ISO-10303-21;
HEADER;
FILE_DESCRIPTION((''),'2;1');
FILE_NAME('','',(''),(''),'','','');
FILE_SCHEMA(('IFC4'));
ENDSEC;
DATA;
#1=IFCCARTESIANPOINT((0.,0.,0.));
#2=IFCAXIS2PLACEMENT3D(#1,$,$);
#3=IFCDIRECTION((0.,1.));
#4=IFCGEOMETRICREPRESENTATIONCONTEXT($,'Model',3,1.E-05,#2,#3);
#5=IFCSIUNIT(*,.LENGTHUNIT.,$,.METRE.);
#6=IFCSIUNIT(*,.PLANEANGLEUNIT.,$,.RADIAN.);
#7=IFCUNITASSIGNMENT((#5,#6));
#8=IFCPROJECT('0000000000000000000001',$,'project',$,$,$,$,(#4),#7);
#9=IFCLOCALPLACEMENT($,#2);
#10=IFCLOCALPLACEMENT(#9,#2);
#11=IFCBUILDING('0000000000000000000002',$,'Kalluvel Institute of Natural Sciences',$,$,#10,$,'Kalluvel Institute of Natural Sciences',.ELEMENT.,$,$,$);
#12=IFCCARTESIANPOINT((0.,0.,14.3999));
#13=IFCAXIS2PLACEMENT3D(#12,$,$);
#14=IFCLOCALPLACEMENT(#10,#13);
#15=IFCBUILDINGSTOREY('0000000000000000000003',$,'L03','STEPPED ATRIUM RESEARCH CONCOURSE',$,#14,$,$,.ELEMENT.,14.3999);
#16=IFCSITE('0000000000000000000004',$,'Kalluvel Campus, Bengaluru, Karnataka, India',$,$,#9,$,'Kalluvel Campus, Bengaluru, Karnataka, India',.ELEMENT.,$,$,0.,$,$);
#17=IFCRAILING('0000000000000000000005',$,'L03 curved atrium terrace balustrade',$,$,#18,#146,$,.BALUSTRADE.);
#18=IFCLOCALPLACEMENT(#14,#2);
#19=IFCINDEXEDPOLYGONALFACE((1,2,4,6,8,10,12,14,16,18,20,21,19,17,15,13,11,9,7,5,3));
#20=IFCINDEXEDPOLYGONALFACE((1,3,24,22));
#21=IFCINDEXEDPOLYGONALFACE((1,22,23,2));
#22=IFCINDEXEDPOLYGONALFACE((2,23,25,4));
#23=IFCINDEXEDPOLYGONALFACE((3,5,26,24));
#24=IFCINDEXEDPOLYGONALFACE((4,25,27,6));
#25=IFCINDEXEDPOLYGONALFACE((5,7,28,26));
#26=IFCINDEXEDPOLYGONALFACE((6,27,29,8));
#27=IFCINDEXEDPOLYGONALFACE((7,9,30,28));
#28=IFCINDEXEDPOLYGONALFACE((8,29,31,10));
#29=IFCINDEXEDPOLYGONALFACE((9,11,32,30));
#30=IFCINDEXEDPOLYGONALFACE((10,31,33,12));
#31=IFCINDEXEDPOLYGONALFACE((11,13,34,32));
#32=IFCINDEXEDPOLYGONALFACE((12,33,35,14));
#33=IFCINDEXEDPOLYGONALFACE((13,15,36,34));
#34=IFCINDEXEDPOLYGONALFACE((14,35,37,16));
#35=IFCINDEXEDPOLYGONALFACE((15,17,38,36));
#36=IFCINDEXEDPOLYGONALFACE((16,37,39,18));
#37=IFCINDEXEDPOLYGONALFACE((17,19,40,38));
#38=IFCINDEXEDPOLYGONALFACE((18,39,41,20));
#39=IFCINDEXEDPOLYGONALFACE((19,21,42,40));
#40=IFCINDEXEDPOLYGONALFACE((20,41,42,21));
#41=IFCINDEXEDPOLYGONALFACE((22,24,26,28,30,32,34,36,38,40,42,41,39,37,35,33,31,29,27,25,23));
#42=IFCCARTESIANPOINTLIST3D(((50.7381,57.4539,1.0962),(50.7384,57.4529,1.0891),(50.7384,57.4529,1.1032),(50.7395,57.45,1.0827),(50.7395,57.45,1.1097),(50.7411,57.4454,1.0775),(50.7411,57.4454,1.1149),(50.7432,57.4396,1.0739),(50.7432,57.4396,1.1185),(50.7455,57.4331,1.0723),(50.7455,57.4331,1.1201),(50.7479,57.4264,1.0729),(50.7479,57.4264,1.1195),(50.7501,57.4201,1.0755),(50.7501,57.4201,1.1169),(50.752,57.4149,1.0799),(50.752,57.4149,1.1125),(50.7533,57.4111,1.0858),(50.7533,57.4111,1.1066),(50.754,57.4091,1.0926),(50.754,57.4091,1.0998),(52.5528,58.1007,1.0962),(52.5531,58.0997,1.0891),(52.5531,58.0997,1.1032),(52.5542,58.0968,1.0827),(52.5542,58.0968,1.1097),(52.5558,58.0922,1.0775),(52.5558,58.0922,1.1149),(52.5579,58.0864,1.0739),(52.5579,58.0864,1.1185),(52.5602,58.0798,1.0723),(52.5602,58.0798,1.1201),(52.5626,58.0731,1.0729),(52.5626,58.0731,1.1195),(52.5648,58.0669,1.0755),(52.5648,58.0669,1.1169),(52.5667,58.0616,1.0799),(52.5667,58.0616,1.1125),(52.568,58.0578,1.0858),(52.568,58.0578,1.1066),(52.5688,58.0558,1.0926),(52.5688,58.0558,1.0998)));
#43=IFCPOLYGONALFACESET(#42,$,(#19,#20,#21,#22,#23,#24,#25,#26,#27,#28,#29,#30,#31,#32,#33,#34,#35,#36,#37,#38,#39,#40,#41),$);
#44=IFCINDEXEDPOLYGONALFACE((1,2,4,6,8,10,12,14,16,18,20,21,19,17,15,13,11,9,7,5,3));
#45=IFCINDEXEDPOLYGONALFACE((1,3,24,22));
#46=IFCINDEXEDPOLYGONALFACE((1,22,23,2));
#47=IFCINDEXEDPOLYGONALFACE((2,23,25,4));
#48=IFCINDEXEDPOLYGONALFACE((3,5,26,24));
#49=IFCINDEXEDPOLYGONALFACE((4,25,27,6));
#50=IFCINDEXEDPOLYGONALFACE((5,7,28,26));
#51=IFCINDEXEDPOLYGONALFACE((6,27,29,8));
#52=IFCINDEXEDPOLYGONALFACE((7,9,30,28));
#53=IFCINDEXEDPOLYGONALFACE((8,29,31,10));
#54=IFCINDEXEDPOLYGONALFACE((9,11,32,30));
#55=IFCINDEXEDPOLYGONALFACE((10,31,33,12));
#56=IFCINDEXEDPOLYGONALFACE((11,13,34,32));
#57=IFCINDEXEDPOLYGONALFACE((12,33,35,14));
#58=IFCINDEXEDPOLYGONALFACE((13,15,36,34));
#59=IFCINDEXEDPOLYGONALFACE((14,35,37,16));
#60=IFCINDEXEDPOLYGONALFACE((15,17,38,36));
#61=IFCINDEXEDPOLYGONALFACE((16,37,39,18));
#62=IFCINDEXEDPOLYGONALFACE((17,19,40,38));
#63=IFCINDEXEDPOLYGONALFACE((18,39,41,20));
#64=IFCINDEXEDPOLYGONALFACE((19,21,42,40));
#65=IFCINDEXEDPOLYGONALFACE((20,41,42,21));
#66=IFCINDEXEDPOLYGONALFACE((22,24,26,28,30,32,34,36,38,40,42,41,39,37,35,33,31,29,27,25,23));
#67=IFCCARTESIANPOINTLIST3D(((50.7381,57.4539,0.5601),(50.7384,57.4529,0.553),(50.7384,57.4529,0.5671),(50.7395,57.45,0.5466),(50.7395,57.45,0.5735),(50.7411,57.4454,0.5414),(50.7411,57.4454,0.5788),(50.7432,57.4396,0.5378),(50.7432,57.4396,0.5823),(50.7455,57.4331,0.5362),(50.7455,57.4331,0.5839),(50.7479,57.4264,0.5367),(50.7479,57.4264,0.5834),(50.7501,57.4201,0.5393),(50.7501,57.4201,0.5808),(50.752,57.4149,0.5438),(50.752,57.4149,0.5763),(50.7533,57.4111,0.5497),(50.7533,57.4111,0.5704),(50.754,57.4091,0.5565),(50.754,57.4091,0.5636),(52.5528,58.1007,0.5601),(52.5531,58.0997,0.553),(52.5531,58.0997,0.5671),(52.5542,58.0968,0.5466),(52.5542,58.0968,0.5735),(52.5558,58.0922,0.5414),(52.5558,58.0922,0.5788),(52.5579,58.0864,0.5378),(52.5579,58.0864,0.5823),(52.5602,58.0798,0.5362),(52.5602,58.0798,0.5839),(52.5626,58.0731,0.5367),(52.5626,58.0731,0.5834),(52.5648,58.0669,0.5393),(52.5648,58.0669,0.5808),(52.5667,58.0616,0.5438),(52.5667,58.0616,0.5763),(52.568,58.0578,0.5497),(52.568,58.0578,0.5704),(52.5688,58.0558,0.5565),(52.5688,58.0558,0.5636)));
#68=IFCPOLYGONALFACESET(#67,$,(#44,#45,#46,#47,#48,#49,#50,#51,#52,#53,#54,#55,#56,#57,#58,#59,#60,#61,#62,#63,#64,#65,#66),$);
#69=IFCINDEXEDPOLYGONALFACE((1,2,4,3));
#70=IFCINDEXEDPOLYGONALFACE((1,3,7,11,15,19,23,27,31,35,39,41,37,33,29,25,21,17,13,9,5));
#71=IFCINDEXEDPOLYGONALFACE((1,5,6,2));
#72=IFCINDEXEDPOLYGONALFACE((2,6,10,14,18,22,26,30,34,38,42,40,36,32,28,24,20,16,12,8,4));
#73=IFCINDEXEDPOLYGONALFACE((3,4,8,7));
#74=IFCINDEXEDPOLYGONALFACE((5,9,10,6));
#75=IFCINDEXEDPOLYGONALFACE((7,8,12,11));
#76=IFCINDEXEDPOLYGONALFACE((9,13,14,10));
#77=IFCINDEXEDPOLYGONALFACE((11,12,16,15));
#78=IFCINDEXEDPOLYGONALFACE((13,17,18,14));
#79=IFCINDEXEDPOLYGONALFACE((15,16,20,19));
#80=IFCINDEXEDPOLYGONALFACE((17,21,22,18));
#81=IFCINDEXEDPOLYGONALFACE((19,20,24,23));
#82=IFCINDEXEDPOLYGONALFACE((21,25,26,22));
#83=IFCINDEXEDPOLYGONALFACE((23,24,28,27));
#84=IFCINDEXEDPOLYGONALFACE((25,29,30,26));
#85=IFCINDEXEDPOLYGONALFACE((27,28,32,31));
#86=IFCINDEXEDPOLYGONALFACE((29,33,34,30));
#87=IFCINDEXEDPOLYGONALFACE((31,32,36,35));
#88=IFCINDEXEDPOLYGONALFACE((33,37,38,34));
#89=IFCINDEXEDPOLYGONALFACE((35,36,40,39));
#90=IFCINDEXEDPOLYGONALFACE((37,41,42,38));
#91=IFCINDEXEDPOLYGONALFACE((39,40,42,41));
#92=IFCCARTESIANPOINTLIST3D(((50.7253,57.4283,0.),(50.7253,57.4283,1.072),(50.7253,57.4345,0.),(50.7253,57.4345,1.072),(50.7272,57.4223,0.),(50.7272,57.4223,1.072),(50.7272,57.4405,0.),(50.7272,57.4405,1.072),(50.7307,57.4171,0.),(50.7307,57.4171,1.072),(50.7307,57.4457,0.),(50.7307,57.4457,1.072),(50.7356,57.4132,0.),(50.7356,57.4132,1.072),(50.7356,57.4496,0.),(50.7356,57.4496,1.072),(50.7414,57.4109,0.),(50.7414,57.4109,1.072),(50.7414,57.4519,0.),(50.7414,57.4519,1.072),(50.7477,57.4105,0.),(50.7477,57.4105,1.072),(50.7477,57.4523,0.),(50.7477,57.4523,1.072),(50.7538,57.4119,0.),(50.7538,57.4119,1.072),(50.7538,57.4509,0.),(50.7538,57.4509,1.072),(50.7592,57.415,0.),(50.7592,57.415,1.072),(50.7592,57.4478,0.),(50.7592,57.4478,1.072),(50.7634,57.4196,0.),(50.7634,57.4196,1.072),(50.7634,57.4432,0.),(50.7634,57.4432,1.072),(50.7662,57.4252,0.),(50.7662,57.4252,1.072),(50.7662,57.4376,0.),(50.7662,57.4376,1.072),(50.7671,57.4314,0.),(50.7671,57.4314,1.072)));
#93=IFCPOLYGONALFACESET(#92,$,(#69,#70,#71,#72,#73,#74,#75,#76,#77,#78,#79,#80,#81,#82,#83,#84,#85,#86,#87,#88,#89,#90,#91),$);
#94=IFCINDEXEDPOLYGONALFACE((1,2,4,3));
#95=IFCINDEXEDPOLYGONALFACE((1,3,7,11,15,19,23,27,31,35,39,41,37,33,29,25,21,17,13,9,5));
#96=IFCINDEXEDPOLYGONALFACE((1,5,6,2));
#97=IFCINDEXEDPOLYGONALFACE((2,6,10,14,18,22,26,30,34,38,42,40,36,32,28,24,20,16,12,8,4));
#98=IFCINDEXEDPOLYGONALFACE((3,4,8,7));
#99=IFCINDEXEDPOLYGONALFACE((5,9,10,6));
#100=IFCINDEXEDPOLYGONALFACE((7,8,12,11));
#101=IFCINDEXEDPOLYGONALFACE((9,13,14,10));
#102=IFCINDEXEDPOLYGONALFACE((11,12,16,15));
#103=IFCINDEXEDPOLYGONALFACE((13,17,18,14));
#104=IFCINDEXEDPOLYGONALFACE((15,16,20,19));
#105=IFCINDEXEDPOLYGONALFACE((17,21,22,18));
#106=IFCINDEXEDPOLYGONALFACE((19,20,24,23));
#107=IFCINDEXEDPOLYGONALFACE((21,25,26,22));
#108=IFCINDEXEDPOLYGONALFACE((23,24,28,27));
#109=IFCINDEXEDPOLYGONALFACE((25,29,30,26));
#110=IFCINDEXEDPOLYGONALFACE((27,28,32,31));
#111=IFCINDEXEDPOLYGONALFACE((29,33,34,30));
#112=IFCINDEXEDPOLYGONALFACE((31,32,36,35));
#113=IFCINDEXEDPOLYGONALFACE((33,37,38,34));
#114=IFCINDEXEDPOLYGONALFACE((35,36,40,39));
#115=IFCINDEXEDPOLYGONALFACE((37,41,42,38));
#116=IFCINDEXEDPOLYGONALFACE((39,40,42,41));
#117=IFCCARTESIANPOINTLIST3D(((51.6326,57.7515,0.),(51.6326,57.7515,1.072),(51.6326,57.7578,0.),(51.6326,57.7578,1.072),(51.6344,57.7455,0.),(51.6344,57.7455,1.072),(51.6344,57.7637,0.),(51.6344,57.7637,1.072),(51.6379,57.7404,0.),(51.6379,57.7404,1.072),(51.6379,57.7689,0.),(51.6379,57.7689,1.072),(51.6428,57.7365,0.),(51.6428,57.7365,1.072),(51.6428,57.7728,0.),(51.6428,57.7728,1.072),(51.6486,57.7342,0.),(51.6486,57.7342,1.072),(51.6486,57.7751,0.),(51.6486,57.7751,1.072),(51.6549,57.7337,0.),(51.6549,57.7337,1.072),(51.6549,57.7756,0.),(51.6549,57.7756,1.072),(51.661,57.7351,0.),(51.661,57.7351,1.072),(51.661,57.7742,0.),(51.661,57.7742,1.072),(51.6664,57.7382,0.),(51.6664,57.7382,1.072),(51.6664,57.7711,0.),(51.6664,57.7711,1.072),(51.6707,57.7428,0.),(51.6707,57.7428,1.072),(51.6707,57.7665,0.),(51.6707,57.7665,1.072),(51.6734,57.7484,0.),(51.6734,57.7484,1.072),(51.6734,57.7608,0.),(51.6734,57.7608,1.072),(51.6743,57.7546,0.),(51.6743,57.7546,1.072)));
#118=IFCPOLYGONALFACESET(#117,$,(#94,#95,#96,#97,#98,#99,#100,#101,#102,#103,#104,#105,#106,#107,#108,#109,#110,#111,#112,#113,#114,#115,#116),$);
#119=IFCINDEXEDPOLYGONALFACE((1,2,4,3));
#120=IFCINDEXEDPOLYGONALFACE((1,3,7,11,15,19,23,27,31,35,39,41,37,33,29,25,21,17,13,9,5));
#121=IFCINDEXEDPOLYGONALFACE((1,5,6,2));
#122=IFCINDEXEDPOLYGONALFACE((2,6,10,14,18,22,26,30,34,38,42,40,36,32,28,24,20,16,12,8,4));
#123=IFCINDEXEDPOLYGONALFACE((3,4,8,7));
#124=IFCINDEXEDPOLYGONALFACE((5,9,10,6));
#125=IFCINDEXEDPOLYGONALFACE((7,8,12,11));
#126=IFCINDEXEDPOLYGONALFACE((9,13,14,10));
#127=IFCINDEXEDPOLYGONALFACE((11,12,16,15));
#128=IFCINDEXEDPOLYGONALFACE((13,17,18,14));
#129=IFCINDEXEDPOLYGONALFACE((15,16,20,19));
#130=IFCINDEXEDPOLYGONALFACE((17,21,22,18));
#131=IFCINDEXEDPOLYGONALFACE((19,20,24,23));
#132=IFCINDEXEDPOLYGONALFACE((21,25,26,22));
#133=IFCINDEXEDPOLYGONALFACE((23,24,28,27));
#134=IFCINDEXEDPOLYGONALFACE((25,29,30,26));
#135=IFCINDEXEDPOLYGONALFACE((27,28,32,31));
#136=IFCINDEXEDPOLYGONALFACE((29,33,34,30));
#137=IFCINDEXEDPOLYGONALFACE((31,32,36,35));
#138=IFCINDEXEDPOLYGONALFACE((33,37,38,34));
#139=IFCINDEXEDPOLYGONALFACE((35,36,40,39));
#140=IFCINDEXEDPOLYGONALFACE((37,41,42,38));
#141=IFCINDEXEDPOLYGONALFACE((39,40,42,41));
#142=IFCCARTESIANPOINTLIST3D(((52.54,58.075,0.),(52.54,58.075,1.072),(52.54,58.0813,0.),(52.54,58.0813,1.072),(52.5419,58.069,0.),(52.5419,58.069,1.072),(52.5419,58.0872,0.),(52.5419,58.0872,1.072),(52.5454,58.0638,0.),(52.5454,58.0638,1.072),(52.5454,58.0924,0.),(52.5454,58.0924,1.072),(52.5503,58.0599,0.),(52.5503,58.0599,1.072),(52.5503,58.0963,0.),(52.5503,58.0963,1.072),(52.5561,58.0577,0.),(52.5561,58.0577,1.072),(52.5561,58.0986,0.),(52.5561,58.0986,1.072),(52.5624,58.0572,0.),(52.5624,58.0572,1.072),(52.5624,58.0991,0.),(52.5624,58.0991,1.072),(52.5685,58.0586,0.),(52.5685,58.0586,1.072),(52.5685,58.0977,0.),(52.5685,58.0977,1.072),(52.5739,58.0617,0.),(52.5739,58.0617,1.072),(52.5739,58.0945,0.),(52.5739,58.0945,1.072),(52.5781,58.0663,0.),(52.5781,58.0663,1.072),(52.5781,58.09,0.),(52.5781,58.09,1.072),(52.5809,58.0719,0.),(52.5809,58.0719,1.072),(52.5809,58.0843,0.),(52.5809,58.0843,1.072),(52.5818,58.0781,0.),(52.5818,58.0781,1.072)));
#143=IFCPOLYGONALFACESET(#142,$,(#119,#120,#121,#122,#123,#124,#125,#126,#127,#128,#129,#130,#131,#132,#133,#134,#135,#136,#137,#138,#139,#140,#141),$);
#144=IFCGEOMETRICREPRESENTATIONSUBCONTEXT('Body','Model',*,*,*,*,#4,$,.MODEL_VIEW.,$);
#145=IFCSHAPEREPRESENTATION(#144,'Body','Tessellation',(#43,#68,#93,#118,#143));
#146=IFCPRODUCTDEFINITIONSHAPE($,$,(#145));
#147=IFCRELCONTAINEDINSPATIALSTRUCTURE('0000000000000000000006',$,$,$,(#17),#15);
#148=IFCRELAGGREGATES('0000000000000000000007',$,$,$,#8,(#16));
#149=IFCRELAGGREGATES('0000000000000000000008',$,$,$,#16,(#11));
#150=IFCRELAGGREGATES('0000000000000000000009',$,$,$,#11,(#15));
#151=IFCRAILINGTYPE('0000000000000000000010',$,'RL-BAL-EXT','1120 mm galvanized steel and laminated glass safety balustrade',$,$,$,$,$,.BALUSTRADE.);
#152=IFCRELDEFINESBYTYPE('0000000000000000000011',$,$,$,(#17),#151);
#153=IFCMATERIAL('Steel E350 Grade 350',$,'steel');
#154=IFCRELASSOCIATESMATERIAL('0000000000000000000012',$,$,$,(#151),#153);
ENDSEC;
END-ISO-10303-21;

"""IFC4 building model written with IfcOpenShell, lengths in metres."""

from ifc_helpers import new_model, si_unit, direction, frame, origin, origin_2d, place, context, subcontext, project, spatial, circle, extrude, material, type_object, element, save


model = new_model("IFC4")

# Units and contexts
model_context = context("Model", 3, precision=1e-05, world=origin(), true_north=direction((0.0, 1.0)))
body_context = subcontext(model_context, "Body", "Model", "MODEL_VIEW")
ifc_project = project(units=[si_unit("LENGTHUNIT", "METRE"), si_unit("PLANEANGLEUNIT", "RADIAN")], contexts=[model_context])

# Site, building, storey
site_placement = place(None, origin())
site = spatial("IfcSite", under=ifc_project, at=site_placement, Name="Kalluvel Campus, Bengaluru, Karnataka, India", LongName="Kalluvel Campus, Bengaluru, Karnataka, India", CompositionType="ELEMENT", RefElevation=0.0)
building_placement = place(site_placement, origin())
building = spatial("IfcBuilding", under=site, at=building_placement, Name="Kalluvel Institute of Natural Sciences", LongName="Kalluvel Institute of Natural Sciences", CompositionType="ELEMENT")
storey_placement = place(building_placement, frame((0.0, 0.0, 14.3999)))
storey = spatial("IfcBuildingStorey", under=building, at=storey_placement, Name="L03", Description="STEPPED ATRIUM RESEARCH CONCOURSE", CompositionType="ELEMENT", Elevation=14.3999)

# Railing
ifc_material_1 = material(Name="Steel E350 Grade 350", Category="steel")
railing_type = type_object("IfcRailingType", Name="RL-BAL-EXT", Description="1120 mm galvanized steel and laminated glass safety balustrade", PredefinedType="BALUSTRADE", material=ifc_material_1)
railing_1_placement = place(storey_placement, frame((50.7461, 57.4314, 0.0)))
element("IfcRailing", 1, at=railing_1_placement, inside=storey, type_object=railing_type, Name="L03 curved atrium terrace balustrade", PredefinedType="BALUSTRADE", context=body_context, shape_type="SweptSolid", body=[
    extrude(circle(Radius=0.0239, at=origin_2d()), frame((0.0, 0.0, 1.0962), z_axis=(0.941968, 0.335702, 0.0), x_axis=(-0.335702, 0.941968, 0.0)), (0.0, 0.0, 1.0), 1.9265),
    extrude(circle(Radius=0.0239, at=origin_2d()), frame((0.0, 0.0, 0.5601), z_axis=(0.941968, 0.335702, 0.0), x_axis=(-0.335702, 0.941968, 0.0)), (0.0, 0.0, 1.0), 1.9265),
    extrude(circle(Radius=0.021, at=origin_2d()), origin(), (0.0, 0.0, 1.0), 1.072),
    extrude(circle(Radius=0.021, at=origin_2d()), frame((0.9072, 0.3232, 0.0)), (0.0, 0.0, 1.0), 1.072),
    extrude(circle(Radius=0.021, at=origin_2d()), frame((1.8147, 0.6467, 0.0)), (0.0, 0.0, 1.0), 1.072),
])

save(model, "model.ifc")
